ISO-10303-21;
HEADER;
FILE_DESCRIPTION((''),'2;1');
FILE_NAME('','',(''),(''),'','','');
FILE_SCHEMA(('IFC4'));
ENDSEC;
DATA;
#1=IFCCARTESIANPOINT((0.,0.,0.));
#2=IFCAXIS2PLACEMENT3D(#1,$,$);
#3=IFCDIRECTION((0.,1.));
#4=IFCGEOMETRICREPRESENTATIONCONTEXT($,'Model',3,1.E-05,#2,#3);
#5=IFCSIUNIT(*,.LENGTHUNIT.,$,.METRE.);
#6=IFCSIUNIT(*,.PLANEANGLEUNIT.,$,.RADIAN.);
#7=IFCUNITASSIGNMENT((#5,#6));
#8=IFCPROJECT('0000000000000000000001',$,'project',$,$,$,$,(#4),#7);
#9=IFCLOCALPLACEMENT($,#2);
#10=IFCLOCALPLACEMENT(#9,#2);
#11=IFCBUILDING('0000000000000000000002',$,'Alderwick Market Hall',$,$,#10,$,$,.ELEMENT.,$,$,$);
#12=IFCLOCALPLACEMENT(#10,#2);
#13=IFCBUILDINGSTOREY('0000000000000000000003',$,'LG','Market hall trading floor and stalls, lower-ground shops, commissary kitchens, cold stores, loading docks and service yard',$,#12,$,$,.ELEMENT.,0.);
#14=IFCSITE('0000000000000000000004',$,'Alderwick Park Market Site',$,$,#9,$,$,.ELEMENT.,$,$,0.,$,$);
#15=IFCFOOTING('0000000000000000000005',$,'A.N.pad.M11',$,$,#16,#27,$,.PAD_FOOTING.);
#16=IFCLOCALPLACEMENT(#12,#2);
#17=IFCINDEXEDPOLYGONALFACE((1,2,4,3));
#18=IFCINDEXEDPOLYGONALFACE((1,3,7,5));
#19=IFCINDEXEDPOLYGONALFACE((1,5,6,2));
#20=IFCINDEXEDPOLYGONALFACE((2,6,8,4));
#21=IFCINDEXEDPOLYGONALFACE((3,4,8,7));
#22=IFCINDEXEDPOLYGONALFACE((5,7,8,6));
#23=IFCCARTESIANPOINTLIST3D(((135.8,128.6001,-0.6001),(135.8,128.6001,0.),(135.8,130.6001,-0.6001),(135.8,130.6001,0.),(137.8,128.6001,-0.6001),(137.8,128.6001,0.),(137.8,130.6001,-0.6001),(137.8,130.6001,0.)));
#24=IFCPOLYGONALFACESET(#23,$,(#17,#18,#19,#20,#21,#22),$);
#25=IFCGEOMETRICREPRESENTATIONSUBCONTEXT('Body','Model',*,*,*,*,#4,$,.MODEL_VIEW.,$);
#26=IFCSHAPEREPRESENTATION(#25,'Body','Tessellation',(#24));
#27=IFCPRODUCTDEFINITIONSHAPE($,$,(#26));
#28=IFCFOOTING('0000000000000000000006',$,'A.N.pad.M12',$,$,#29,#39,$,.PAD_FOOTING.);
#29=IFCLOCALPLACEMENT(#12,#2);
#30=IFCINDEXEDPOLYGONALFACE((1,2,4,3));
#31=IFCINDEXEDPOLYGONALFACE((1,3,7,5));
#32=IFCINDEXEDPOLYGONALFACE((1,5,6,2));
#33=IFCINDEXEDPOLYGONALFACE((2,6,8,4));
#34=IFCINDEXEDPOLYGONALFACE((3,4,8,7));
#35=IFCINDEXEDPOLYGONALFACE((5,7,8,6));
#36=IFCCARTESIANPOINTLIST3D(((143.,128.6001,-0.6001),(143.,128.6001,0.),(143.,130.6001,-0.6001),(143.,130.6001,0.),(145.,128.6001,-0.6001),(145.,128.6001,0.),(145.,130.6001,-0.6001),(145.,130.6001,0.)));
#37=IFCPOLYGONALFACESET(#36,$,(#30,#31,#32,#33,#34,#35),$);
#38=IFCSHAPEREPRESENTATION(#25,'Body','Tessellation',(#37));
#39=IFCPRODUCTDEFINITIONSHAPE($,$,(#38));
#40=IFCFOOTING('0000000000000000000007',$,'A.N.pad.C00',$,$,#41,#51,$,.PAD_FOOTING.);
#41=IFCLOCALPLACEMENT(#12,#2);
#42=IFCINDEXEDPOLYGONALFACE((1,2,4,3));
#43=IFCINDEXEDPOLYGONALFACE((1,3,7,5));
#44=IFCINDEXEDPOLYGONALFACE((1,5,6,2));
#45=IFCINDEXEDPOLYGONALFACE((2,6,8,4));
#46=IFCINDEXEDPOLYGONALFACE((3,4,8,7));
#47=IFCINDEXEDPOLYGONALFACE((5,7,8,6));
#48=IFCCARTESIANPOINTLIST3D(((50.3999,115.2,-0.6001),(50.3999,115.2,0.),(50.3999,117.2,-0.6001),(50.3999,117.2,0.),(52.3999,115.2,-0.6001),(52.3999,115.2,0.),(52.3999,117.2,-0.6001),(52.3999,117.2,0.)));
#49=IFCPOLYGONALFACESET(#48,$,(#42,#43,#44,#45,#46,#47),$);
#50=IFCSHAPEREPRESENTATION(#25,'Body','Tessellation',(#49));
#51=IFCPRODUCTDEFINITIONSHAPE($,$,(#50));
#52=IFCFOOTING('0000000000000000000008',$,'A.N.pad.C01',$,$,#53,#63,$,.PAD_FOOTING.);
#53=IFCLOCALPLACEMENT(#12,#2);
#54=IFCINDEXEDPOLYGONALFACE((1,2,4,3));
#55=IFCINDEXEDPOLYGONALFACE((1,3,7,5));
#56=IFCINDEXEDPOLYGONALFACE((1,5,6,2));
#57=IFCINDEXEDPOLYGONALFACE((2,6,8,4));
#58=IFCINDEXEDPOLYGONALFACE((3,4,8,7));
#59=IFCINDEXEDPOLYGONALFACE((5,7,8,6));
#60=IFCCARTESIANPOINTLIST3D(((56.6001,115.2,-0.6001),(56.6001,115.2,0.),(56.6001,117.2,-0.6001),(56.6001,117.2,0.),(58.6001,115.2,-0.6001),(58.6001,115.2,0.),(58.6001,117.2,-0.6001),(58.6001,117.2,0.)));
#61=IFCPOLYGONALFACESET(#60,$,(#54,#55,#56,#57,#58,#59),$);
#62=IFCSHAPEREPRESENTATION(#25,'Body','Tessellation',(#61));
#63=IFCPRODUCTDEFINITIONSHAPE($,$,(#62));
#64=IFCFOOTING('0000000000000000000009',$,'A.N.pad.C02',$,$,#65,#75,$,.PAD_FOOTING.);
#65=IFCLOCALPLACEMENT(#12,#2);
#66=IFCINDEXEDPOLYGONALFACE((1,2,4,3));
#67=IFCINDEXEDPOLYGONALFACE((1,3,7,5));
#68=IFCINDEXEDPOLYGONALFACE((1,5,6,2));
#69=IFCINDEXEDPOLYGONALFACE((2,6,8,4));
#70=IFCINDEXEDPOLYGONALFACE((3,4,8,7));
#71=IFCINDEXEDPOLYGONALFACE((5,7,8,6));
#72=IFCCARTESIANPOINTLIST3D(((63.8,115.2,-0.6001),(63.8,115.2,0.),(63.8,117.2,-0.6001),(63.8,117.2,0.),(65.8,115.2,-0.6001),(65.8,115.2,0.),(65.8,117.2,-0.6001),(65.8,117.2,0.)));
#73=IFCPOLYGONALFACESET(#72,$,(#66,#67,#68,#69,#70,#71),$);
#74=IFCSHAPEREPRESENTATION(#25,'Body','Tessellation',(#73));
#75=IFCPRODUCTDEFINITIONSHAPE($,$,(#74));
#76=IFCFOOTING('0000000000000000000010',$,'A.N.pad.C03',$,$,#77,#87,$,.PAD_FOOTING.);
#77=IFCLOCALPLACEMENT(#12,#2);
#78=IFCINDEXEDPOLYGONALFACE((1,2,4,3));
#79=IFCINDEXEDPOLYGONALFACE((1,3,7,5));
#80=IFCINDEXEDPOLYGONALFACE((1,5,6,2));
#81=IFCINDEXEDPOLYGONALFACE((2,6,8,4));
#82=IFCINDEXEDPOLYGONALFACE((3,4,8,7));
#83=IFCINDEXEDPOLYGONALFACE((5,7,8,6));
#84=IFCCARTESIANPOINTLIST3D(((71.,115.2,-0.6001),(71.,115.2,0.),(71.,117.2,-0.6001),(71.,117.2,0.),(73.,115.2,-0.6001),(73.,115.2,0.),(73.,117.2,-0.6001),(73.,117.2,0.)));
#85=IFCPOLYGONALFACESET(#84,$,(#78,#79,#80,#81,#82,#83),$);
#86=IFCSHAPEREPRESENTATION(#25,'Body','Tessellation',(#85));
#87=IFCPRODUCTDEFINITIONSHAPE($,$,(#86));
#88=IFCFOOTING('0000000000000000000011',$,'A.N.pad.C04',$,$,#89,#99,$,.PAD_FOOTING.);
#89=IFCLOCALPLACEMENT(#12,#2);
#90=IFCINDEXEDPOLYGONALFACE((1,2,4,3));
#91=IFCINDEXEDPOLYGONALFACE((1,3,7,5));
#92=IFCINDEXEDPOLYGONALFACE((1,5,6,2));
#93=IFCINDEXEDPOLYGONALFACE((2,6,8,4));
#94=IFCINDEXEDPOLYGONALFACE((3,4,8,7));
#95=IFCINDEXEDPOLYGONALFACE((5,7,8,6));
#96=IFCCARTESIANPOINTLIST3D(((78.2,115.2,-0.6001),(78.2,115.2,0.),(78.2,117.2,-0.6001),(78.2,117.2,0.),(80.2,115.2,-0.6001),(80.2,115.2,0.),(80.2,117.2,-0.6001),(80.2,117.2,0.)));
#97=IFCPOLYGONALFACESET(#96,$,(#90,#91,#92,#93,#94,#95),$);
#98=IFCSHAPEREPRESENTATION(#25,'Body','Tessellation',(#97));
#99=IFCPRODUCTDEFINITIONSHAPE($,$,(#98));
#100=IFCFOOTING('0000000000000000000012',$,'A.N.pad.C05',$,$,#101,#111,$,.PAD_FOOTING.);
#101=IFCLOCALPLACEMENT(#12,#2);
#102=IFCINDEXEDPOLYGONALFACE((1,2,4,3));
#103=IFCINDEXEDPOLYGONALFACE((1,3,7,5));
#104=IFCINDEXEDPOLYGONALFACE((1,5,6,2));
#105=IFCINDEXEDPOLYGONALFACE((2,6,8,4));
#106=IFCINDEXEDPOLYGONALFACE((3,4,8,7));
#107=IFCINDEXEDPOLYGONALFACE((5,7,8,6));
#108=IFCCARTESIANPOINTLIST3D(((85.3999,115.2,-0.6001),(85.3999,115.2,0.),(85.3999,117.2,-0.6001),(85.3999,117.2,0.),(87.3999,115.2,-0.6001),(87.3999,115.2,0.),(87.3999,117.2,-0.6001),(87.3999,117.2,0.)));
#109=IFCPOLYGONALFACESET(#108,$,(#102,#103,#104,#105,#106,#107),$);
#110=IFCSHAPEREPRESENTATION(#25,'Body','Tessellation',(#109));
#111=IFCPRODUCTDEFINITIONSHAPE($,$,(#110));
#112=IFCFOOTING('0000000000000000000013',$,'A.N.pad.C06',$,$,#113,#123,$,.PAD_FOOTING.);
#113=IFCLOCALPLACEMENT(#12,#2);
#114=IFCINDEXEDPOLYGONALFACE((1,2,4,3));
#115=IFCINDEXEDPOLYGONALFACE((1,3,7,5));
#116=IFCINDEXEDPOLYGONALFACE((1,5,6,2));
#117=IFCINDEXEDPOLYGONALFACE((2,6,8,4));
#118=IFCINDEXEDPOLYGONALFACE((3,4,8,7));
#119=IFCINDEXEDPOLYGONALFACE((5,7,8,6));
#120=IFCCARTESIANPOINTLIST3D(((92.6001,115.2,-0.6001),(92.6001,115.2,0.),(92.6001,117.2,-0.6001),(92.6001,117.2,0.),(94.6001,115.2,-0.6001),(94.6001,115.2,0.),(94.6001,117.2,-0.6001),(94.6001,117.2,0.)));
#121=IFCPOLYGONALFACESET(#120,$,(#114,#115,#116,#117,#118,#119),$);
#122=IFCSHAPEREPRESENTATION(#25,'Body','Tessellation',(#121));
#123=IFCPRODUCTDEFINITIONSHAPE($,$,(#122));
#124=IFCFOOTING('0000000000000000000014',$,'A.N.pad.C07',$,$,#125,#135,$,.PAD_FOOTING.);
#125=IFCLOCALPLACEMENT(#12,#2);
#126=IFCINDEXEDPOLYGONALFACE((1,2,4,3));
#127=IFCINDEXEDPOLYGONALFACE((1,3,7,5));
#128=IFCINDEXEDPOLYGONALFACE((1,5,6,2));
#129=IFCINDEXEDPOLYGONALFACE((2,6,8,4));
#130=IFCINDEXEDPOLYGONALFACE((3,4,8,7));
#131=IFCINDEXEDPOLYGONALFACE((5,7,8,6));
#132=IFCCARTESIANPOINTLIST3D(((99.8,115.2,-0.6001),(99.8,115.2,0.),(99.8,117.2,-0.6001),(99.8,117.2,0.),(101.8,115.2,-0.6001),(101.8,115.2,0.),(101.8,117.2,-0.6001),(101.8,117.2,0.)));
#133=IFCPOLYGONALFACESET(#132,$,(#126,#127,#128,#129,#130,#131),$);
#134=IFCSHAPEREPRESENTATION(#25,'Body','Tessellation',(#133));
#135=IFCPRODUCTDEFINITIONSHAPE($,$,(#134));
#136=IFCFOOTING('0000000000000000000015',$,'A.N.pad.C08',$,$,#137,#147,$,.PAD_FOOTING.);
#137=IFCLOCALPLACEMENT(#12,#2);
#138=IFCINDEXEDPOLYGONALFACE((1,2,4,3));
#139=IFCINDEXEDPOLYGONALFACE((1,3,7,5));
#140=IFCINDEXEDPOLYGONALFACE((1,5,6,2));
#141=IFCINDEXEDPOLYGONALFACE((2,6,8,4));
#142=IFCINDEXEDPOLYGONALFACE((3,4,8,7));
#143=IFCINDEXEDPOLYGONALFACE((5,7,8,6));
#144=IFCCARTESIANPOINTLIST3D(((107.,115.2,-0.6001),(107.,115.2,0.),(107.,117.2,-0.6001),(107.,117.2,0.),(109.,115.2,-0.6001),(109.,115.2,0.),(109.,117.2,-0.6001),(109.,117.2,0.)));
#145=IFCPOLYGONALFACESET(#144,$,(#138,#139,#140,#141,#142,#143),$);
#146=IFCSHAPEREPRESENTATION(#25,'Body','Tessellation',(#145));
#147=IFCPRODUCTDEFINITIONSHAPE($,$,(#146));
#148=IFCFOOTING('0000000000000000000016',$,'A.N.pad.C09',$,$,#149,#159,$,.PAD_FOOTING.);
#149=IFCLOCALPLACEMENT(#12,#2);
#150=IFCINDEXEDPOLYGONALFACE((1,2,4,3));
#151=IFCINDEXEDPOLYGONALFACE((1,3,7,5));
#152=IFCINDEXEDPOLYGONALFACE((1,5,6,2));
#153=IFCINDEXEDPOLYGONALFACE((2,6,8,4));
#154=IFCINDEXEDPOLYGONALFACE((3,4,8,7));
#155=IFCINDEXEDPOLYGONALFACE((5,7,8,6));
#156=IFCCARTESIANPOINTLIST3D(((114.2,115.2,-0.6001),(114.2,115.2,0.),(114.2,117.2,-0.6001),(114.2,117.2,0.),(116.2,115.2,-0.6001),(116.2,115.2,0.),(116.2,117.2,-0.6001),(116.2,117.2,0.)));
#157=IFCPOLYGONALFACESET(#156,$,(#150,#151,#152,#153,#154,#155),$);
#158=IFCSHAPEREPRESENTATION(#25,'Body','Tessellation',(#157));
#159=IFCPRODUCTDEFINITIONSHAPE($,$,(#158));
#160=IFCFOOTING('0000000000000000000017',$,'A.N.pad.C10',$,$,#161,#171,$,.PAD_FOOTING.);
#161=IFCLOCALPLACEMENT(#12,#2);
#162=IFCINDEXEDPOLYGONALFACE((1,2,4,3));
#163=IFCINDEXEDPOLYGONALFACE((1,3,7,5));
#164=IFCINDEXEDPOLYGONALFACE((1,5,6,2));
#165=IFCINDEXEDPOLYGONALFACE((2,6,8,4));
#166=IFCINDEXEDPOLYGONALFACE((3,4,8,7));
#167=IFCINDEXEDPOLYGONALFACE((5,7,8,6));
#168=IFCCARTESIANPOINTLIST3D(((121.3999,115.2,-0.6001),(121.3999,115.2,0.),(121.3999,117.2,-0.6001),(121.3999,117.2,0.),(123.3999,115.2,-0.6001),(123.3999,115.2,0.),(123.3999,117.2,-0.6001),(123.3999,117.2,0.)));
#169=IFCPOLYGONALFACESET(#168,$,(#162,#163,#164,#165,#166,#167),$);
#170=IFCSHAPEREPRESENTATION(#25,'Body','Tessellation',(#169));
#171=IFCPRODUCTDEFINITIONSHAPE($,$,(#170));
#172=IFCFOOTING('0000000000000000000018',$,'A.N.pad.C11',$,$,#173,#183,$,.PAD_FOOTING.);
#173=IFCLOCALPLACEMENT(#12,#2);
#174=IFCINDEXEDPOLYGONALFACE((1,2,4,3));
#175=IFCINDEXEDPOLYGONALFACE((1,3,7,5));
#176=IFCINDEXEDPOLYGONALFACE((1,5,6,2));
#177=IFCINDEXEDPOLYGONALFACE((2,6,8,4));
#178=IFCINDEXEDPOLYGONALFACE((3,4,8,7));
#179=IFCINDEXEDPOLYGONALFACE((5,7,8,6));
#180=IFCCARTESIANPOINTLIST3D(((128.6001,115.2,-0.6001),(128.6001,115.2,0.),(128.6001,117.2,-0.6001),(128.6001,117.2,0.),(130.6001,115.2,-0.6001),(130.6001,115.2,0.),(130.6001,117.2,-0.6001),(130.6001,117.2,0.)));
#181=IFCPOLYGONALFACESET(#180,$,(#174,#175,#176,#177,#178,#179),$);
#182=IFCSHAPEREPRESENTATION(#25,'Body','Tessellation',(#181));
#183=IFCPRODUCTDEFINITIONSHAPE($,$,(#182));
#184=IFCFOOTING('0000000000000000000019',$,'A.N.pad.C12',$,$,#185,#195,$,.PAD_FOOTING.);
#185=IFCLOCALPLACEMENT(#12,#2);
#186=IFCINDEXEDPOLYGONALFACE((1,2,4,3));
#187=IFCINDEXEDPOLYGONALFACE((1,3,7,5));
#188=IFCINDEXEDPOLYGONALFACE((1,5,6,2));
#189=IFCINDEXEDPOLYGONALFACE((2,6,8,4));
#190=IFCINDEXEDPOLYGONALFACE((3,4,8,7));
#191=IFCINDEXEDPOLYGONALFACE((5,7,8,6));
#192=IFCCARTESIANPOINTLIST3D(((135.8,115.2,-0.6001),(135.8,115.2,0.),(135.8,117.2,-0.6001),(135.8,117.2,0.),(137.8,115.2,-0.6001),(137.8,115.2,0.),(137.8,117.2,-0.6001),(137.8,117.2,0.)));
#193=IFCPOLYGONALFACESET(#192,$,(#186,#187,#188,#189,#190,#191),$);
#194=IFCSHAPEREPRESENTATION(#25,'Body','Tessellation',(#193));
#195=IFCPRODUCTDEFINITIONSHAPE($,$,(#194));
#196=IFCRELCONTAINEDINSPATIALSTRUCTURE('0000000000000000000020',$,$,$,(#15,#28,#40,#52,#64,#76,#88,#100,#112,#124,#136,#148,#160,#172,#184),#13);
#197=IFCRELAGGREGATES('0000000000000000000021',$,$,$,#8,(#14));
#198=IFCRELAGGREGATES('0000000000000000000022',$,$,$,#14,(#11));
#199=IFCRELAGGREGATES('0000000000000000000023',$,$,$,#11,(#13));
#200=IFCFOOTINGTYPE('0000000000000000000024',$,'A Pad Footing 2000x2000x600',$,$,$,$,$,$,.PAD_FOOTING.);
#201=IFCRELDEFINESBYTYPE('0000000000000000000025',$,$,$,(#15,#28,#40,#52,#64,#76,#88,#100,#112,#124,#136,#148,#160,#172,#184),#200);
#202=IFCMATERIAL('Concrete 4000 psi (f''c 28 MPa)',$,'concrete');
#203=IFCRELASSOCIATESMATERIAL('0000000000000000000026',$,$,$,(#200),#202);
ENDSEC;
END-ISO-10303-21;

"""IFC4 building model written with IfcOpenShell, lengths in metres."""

from ifc_helpers import new_model, si_unit, direction, frame, origin, place, context, subcontext, project, spatial, polyline, outline, extrude, material, type_object, element, save


model = new_model("IFC4")

# Units and contexts
model_context = context("Model", 3, precision=1e-05, world=origin(), true_north=direction((0.0, 1.0)))
body_context = subcontext(model_context, "Body", "Model", "MODEL_VIEW")
ifc_project = project(units=[si_unit("LENGTHUNIT", "METRE"), si_unit("PLANEANGLEUNIT", "RADIAN")], contexts=[model_context])

# Site, building, storey
site_placement = place(None, origin())
site = spatial("IfcSite", under=ifc_project, at=site_placement, Name="Alderwick Park Market Site", CompositionType="ELEMENT", RefElevation=0.0)
building_placement = place(site_placement, origin())
building = spatial("IfcBuilding", under=site, at=building_placement, Name="Alderwick Market Hall", CompositionType="ELEMENT")
storey_placement = place(building_placement, origin())
storey = spatial("IfcBuildingStorey", under=building, at=storey_placement, Name="LG", Description="Market hall trading floor and stalls, lower-ground shops, commissary kitchens, cold stores, loading docks and service yard", CompositionType="ELEMENT", Elevation=0.0)

# Footings
ifc_material = material(Name="Concrete 4000 psi (f'c 28 MPa)", Category="concrete")
footing_type_1 = type_object("IfcFootingType", Name="A Pad Footing 2000x2000x600", PredefinedType="PAD_FOOTING", material=ifc_material)
footing_1_placement = place(storey_placement, frame((0.0, 0.0, -0.6001)))
element("IfcFooting", 1, at=footing_1_placement, inside=storey, type_object=footing_type_1, Name="A.N.pad.M11", PredefinedType="PAD_FOOTING", context=body_context, shape_type="SweptSolid", body=[
    extrude(outline(polyline([(135.8, 128.6001), (137.8, 128.6001), (137.8, 130.6001), (135.8, 130.6001), (135.8, 128.6001)])), origin(), (0.0, 0.0, 1.0), 0.6001),
])
footing_2_placement = place(storey_placement, frame((0.0, 0.0, -0.6001)))
element("IfcFooting", 2, at=footing_2_placement, inside=storey, type_object=footing_type_1, Name="A.N.pad.M12", PredefinedType="PAD_FOOTING", context=body_context, shape_type="SweptSolid", body=[
    extrude(outline(polyline([(143.0, 128.6001), (145.0, 128.6001), (145.0, 130.6001), (143.0, 130.6001), (143.0, 128.6001)])), origin(), (0.0, 0.0, 1.0), 0.6001),
])
footing_3_placement = place(storey_placement, frame((0.0, 0.0, -0.6001)))
element("IfcFooting", 3, at=footing_3_placement, inside=storey, type_object=footing_type_1, Name="A.N.pad.C00", PredefinedType="PAD_FOOTING", context=body_context, shape_type="SweptSolid", body=[
    extrude(outline(polyline([(50.3999, 115.2), (52.3999, 115.2), (52.3999, 117.2), (50.3999, 117.2), (50.3999, 115.2)])), origin(), (0.0, 0.0, 1.0), 0.6001),
])
footing_4_placement = place(storey_placement, frame((0.0, 0.0, -0.6001)))
element("IfcFooting", 4, at=footing_4_placement, inside=storey, type_object=footing_type_1, Name="A.N.pad.C01", PredefinedType="PAD_FOOTING", context=body_context, shape_type="SweptSolid", body=[
    extrude(outline(polyline([(56.6001, 115.2), (58.6001, 115.2), (58.6001, 117.2), (56.6001, 117.2), (56.6001, 115.2)])), origin(), (0.0, 0.0, 1.0), 0.6001),
])
footing_5_placement = place(storey_placement, frame((0.0, 0.0, -0.6001)))
element("IfcFooting", 5, at=footing_5_placement, inside=storey, type_object=footing_type_1, Name="A.N.pad.C02", PredefinedType="PAD_FOOTING", context=body_context, shape_type="SweptSolid", body=[
    extrude(outline(polyline([(63.8, 115.2), (65.8, 115.2), (65.8, 117.2), (63.8, 117.2), (63.8, 115.2)])), origin(), (0.0, 0.0, 1.0), 0.6001),
])
footing_6_placement = place(storey_placement, frame((0.0, 0.0, -0.6001)))
element("IfcFooting", 6, at=footing_6_placement, inside=storey, type_object=footing_type_1, Name="A.N.pad.C03", PredefinedType="PAD_FOOTING", context=body_context, shape_type="SweptSolid", body=[
    extrude(outline(polyline([(71.0, 115.2), (73.0, 115.2), (73.0, 117.2), (71.0, 117.2), (71.0, 115.2)])), origin(), (0.0, 0.0, 1.0), 0.6001),
])
footing_7_placement = place(storey_placement, frame((0.0, 0.0, -0.6001)))
element("IfcFooting", 7, at=footing_7_placement, inside=storey, type_object=footing_type_1, Name="A.N.pad.C04", PredefinedType="PAD_FOOTING", context=body_context, shape_type="SweptSolid", body=[
    extrude(outline(polyline([(78.2, 115.2), (80.2, 115.2), (80.2, 117.2), (78.2, 117.2), (78.2, 115.2)])), origin(), (0.0, 0.0, 1.0), 0.6001),
])
footing_8_placement = place(storey_placement, frame((0.0, 0.0, -0.6001)))
element("IfcFooting", 8, at=footing_8_placement, inside=storey, type_object=footing_type_1, Name="A.N.pad.C05", PredefinedType="PAD_FOOTING", context=body_context, shape_type="SweptSolid", body=[
    extrude(outline(polyline([(85.3999, 115.2), (87.3999, 115.2), (87.3999, 117.2), (85.3999, 117.2), (85.3999, 115.2)])), origin(), (0.0, 0.0, 1.0), 0.6001),
])
footing_9_placement = place(storey_placement, frame((0.0, 0.0, -0.6001)))
element("IfcFooting", 9, at=footing_9_placement, inside=storey, type_object=footing_type_1, Name="A.N.pad.C06", PredefinedType="PAD_FOOTING", context=body_context, shape_type="SweptSolid", body=[
    extrude(outline(polyline([(92.6001, 115.2), (94.6001, 115.2), (94.6001, 117.2), (92.6001, 117.2), (92.6001, 115.2)])), origin(), (0.0, 0.0, 1.0), 0.6001),
])
footing_10_placement = place(storey_placement, frame((0.0, 0.0, -0.6001)))
element("IfcFooting", 10, at=footing_10_placement, inside=storey, type_object=footing_type_1, Name="A.N.pad.C07", PredefinedType="PAD_FOOTING", context=body_context, shape_type="SweptSolid", body=[
    extrude(outline(polyline([(99.8, 115.2), (101.8, 115.2), (101.8, 117.2), (99.8, 117.2), (99.8, 115.2)])), origin(), (0.0, 0.0, 1.0), 0.6001),
])
footing_11_placement = place(storey_placement, frame((0.0, 0.0, -0.6001)))
element("IfcFooting", 11, at=footing_11_placement, inside=storey, type_object=footing_type_1, Name="A.N.pad.C08", PredefinedType="PAD_FOOTING", context=body_context, shape_type="SweptSolid", body=[
    extrude(outline(polyline([(107.0, 115.2), (109.0, 115.2), (109.0, 117.2), (107.0, 117.2), (107.0, 115.2)])), origin(), (0.0, 0.0, 1.0), 0.6001),
])
footing_12_placement = place(storey_placement, frame((0.0, 0.0, -0.6001)))
element("IfcFooting", 12, at=footing_12_placement, inside=storey, type_object=footing_type_1, Name="A.N.pad.C09", PredefinedType="PAD_FOOTING", context=body_context, shape_type="SweptSolid", body=[
    extrude(outline(polyline([(114.2, 115.2), (116.2, 115.2), (116.2, 117.2), (114.2, 117.2), (114.2, 115.2)])), origin(), (0.0, 0.0, 1.0), 0.6001),
])
footing_13_placement = place(storey_placement, frame((0.0, 0.0, -0.6001)))
element("IfcFooting", 13, at=footing_13_placement, inside=storey, type_object=footing_type_1, Name="A.N.pad.C10", PredefinedType="PAD_FOOTING", context=body_context, shape_type="SweptSolid", body=[
    extrude(outline(polyline([(121.3999, 115.2), (123.3999, 115.2), (123.3999, 117.2), (121.3999, 117.2), (121.3999, 115.2)])), origin(), (0.0, 0.0, 1.0), 0.6001),
])
footing_14_placement = place(storey_placement, frame((0.0, 0.0, -0.6001)))
element("IfcFooting", 14, at=footing_14_placement, inside=storey, type_object=footing_type_1, Name="A.N.pad.C11", PredefinedType="PAD_FOOTING", context=body_context, shape_type="SweptSolid", body=[
    extrude(outline(polyline([(128.6001, 115.2), (130.6001, 115.2), (130.6001, 117.2), (128.6001, 117.2), (128.6001, 115.2)])), origin(), (0.0, 0.0, 1.0), 0.6001),
])
footing_15_placement = place(storey_placement, frame((0.0, 0.0, -0.6001)))
element("IfcFooting", 15, at=footing_15_placement, inside=storey, type_object=footing_type_1, Name="A.N.pad.C12", PredefinedType="PAD_FOOTING", context=body_context, shape_type="SweptSolid", body=[
    extrude(outline(polyline([(135.8, 115.2), (137.8, 115.2), (137.8, 117.2), (135.8, 117.2), (135.8, 115.2)])), origin(), (0.0, 0.0, 1.0), 0.6001),
])

save(model, "model.ifc")
